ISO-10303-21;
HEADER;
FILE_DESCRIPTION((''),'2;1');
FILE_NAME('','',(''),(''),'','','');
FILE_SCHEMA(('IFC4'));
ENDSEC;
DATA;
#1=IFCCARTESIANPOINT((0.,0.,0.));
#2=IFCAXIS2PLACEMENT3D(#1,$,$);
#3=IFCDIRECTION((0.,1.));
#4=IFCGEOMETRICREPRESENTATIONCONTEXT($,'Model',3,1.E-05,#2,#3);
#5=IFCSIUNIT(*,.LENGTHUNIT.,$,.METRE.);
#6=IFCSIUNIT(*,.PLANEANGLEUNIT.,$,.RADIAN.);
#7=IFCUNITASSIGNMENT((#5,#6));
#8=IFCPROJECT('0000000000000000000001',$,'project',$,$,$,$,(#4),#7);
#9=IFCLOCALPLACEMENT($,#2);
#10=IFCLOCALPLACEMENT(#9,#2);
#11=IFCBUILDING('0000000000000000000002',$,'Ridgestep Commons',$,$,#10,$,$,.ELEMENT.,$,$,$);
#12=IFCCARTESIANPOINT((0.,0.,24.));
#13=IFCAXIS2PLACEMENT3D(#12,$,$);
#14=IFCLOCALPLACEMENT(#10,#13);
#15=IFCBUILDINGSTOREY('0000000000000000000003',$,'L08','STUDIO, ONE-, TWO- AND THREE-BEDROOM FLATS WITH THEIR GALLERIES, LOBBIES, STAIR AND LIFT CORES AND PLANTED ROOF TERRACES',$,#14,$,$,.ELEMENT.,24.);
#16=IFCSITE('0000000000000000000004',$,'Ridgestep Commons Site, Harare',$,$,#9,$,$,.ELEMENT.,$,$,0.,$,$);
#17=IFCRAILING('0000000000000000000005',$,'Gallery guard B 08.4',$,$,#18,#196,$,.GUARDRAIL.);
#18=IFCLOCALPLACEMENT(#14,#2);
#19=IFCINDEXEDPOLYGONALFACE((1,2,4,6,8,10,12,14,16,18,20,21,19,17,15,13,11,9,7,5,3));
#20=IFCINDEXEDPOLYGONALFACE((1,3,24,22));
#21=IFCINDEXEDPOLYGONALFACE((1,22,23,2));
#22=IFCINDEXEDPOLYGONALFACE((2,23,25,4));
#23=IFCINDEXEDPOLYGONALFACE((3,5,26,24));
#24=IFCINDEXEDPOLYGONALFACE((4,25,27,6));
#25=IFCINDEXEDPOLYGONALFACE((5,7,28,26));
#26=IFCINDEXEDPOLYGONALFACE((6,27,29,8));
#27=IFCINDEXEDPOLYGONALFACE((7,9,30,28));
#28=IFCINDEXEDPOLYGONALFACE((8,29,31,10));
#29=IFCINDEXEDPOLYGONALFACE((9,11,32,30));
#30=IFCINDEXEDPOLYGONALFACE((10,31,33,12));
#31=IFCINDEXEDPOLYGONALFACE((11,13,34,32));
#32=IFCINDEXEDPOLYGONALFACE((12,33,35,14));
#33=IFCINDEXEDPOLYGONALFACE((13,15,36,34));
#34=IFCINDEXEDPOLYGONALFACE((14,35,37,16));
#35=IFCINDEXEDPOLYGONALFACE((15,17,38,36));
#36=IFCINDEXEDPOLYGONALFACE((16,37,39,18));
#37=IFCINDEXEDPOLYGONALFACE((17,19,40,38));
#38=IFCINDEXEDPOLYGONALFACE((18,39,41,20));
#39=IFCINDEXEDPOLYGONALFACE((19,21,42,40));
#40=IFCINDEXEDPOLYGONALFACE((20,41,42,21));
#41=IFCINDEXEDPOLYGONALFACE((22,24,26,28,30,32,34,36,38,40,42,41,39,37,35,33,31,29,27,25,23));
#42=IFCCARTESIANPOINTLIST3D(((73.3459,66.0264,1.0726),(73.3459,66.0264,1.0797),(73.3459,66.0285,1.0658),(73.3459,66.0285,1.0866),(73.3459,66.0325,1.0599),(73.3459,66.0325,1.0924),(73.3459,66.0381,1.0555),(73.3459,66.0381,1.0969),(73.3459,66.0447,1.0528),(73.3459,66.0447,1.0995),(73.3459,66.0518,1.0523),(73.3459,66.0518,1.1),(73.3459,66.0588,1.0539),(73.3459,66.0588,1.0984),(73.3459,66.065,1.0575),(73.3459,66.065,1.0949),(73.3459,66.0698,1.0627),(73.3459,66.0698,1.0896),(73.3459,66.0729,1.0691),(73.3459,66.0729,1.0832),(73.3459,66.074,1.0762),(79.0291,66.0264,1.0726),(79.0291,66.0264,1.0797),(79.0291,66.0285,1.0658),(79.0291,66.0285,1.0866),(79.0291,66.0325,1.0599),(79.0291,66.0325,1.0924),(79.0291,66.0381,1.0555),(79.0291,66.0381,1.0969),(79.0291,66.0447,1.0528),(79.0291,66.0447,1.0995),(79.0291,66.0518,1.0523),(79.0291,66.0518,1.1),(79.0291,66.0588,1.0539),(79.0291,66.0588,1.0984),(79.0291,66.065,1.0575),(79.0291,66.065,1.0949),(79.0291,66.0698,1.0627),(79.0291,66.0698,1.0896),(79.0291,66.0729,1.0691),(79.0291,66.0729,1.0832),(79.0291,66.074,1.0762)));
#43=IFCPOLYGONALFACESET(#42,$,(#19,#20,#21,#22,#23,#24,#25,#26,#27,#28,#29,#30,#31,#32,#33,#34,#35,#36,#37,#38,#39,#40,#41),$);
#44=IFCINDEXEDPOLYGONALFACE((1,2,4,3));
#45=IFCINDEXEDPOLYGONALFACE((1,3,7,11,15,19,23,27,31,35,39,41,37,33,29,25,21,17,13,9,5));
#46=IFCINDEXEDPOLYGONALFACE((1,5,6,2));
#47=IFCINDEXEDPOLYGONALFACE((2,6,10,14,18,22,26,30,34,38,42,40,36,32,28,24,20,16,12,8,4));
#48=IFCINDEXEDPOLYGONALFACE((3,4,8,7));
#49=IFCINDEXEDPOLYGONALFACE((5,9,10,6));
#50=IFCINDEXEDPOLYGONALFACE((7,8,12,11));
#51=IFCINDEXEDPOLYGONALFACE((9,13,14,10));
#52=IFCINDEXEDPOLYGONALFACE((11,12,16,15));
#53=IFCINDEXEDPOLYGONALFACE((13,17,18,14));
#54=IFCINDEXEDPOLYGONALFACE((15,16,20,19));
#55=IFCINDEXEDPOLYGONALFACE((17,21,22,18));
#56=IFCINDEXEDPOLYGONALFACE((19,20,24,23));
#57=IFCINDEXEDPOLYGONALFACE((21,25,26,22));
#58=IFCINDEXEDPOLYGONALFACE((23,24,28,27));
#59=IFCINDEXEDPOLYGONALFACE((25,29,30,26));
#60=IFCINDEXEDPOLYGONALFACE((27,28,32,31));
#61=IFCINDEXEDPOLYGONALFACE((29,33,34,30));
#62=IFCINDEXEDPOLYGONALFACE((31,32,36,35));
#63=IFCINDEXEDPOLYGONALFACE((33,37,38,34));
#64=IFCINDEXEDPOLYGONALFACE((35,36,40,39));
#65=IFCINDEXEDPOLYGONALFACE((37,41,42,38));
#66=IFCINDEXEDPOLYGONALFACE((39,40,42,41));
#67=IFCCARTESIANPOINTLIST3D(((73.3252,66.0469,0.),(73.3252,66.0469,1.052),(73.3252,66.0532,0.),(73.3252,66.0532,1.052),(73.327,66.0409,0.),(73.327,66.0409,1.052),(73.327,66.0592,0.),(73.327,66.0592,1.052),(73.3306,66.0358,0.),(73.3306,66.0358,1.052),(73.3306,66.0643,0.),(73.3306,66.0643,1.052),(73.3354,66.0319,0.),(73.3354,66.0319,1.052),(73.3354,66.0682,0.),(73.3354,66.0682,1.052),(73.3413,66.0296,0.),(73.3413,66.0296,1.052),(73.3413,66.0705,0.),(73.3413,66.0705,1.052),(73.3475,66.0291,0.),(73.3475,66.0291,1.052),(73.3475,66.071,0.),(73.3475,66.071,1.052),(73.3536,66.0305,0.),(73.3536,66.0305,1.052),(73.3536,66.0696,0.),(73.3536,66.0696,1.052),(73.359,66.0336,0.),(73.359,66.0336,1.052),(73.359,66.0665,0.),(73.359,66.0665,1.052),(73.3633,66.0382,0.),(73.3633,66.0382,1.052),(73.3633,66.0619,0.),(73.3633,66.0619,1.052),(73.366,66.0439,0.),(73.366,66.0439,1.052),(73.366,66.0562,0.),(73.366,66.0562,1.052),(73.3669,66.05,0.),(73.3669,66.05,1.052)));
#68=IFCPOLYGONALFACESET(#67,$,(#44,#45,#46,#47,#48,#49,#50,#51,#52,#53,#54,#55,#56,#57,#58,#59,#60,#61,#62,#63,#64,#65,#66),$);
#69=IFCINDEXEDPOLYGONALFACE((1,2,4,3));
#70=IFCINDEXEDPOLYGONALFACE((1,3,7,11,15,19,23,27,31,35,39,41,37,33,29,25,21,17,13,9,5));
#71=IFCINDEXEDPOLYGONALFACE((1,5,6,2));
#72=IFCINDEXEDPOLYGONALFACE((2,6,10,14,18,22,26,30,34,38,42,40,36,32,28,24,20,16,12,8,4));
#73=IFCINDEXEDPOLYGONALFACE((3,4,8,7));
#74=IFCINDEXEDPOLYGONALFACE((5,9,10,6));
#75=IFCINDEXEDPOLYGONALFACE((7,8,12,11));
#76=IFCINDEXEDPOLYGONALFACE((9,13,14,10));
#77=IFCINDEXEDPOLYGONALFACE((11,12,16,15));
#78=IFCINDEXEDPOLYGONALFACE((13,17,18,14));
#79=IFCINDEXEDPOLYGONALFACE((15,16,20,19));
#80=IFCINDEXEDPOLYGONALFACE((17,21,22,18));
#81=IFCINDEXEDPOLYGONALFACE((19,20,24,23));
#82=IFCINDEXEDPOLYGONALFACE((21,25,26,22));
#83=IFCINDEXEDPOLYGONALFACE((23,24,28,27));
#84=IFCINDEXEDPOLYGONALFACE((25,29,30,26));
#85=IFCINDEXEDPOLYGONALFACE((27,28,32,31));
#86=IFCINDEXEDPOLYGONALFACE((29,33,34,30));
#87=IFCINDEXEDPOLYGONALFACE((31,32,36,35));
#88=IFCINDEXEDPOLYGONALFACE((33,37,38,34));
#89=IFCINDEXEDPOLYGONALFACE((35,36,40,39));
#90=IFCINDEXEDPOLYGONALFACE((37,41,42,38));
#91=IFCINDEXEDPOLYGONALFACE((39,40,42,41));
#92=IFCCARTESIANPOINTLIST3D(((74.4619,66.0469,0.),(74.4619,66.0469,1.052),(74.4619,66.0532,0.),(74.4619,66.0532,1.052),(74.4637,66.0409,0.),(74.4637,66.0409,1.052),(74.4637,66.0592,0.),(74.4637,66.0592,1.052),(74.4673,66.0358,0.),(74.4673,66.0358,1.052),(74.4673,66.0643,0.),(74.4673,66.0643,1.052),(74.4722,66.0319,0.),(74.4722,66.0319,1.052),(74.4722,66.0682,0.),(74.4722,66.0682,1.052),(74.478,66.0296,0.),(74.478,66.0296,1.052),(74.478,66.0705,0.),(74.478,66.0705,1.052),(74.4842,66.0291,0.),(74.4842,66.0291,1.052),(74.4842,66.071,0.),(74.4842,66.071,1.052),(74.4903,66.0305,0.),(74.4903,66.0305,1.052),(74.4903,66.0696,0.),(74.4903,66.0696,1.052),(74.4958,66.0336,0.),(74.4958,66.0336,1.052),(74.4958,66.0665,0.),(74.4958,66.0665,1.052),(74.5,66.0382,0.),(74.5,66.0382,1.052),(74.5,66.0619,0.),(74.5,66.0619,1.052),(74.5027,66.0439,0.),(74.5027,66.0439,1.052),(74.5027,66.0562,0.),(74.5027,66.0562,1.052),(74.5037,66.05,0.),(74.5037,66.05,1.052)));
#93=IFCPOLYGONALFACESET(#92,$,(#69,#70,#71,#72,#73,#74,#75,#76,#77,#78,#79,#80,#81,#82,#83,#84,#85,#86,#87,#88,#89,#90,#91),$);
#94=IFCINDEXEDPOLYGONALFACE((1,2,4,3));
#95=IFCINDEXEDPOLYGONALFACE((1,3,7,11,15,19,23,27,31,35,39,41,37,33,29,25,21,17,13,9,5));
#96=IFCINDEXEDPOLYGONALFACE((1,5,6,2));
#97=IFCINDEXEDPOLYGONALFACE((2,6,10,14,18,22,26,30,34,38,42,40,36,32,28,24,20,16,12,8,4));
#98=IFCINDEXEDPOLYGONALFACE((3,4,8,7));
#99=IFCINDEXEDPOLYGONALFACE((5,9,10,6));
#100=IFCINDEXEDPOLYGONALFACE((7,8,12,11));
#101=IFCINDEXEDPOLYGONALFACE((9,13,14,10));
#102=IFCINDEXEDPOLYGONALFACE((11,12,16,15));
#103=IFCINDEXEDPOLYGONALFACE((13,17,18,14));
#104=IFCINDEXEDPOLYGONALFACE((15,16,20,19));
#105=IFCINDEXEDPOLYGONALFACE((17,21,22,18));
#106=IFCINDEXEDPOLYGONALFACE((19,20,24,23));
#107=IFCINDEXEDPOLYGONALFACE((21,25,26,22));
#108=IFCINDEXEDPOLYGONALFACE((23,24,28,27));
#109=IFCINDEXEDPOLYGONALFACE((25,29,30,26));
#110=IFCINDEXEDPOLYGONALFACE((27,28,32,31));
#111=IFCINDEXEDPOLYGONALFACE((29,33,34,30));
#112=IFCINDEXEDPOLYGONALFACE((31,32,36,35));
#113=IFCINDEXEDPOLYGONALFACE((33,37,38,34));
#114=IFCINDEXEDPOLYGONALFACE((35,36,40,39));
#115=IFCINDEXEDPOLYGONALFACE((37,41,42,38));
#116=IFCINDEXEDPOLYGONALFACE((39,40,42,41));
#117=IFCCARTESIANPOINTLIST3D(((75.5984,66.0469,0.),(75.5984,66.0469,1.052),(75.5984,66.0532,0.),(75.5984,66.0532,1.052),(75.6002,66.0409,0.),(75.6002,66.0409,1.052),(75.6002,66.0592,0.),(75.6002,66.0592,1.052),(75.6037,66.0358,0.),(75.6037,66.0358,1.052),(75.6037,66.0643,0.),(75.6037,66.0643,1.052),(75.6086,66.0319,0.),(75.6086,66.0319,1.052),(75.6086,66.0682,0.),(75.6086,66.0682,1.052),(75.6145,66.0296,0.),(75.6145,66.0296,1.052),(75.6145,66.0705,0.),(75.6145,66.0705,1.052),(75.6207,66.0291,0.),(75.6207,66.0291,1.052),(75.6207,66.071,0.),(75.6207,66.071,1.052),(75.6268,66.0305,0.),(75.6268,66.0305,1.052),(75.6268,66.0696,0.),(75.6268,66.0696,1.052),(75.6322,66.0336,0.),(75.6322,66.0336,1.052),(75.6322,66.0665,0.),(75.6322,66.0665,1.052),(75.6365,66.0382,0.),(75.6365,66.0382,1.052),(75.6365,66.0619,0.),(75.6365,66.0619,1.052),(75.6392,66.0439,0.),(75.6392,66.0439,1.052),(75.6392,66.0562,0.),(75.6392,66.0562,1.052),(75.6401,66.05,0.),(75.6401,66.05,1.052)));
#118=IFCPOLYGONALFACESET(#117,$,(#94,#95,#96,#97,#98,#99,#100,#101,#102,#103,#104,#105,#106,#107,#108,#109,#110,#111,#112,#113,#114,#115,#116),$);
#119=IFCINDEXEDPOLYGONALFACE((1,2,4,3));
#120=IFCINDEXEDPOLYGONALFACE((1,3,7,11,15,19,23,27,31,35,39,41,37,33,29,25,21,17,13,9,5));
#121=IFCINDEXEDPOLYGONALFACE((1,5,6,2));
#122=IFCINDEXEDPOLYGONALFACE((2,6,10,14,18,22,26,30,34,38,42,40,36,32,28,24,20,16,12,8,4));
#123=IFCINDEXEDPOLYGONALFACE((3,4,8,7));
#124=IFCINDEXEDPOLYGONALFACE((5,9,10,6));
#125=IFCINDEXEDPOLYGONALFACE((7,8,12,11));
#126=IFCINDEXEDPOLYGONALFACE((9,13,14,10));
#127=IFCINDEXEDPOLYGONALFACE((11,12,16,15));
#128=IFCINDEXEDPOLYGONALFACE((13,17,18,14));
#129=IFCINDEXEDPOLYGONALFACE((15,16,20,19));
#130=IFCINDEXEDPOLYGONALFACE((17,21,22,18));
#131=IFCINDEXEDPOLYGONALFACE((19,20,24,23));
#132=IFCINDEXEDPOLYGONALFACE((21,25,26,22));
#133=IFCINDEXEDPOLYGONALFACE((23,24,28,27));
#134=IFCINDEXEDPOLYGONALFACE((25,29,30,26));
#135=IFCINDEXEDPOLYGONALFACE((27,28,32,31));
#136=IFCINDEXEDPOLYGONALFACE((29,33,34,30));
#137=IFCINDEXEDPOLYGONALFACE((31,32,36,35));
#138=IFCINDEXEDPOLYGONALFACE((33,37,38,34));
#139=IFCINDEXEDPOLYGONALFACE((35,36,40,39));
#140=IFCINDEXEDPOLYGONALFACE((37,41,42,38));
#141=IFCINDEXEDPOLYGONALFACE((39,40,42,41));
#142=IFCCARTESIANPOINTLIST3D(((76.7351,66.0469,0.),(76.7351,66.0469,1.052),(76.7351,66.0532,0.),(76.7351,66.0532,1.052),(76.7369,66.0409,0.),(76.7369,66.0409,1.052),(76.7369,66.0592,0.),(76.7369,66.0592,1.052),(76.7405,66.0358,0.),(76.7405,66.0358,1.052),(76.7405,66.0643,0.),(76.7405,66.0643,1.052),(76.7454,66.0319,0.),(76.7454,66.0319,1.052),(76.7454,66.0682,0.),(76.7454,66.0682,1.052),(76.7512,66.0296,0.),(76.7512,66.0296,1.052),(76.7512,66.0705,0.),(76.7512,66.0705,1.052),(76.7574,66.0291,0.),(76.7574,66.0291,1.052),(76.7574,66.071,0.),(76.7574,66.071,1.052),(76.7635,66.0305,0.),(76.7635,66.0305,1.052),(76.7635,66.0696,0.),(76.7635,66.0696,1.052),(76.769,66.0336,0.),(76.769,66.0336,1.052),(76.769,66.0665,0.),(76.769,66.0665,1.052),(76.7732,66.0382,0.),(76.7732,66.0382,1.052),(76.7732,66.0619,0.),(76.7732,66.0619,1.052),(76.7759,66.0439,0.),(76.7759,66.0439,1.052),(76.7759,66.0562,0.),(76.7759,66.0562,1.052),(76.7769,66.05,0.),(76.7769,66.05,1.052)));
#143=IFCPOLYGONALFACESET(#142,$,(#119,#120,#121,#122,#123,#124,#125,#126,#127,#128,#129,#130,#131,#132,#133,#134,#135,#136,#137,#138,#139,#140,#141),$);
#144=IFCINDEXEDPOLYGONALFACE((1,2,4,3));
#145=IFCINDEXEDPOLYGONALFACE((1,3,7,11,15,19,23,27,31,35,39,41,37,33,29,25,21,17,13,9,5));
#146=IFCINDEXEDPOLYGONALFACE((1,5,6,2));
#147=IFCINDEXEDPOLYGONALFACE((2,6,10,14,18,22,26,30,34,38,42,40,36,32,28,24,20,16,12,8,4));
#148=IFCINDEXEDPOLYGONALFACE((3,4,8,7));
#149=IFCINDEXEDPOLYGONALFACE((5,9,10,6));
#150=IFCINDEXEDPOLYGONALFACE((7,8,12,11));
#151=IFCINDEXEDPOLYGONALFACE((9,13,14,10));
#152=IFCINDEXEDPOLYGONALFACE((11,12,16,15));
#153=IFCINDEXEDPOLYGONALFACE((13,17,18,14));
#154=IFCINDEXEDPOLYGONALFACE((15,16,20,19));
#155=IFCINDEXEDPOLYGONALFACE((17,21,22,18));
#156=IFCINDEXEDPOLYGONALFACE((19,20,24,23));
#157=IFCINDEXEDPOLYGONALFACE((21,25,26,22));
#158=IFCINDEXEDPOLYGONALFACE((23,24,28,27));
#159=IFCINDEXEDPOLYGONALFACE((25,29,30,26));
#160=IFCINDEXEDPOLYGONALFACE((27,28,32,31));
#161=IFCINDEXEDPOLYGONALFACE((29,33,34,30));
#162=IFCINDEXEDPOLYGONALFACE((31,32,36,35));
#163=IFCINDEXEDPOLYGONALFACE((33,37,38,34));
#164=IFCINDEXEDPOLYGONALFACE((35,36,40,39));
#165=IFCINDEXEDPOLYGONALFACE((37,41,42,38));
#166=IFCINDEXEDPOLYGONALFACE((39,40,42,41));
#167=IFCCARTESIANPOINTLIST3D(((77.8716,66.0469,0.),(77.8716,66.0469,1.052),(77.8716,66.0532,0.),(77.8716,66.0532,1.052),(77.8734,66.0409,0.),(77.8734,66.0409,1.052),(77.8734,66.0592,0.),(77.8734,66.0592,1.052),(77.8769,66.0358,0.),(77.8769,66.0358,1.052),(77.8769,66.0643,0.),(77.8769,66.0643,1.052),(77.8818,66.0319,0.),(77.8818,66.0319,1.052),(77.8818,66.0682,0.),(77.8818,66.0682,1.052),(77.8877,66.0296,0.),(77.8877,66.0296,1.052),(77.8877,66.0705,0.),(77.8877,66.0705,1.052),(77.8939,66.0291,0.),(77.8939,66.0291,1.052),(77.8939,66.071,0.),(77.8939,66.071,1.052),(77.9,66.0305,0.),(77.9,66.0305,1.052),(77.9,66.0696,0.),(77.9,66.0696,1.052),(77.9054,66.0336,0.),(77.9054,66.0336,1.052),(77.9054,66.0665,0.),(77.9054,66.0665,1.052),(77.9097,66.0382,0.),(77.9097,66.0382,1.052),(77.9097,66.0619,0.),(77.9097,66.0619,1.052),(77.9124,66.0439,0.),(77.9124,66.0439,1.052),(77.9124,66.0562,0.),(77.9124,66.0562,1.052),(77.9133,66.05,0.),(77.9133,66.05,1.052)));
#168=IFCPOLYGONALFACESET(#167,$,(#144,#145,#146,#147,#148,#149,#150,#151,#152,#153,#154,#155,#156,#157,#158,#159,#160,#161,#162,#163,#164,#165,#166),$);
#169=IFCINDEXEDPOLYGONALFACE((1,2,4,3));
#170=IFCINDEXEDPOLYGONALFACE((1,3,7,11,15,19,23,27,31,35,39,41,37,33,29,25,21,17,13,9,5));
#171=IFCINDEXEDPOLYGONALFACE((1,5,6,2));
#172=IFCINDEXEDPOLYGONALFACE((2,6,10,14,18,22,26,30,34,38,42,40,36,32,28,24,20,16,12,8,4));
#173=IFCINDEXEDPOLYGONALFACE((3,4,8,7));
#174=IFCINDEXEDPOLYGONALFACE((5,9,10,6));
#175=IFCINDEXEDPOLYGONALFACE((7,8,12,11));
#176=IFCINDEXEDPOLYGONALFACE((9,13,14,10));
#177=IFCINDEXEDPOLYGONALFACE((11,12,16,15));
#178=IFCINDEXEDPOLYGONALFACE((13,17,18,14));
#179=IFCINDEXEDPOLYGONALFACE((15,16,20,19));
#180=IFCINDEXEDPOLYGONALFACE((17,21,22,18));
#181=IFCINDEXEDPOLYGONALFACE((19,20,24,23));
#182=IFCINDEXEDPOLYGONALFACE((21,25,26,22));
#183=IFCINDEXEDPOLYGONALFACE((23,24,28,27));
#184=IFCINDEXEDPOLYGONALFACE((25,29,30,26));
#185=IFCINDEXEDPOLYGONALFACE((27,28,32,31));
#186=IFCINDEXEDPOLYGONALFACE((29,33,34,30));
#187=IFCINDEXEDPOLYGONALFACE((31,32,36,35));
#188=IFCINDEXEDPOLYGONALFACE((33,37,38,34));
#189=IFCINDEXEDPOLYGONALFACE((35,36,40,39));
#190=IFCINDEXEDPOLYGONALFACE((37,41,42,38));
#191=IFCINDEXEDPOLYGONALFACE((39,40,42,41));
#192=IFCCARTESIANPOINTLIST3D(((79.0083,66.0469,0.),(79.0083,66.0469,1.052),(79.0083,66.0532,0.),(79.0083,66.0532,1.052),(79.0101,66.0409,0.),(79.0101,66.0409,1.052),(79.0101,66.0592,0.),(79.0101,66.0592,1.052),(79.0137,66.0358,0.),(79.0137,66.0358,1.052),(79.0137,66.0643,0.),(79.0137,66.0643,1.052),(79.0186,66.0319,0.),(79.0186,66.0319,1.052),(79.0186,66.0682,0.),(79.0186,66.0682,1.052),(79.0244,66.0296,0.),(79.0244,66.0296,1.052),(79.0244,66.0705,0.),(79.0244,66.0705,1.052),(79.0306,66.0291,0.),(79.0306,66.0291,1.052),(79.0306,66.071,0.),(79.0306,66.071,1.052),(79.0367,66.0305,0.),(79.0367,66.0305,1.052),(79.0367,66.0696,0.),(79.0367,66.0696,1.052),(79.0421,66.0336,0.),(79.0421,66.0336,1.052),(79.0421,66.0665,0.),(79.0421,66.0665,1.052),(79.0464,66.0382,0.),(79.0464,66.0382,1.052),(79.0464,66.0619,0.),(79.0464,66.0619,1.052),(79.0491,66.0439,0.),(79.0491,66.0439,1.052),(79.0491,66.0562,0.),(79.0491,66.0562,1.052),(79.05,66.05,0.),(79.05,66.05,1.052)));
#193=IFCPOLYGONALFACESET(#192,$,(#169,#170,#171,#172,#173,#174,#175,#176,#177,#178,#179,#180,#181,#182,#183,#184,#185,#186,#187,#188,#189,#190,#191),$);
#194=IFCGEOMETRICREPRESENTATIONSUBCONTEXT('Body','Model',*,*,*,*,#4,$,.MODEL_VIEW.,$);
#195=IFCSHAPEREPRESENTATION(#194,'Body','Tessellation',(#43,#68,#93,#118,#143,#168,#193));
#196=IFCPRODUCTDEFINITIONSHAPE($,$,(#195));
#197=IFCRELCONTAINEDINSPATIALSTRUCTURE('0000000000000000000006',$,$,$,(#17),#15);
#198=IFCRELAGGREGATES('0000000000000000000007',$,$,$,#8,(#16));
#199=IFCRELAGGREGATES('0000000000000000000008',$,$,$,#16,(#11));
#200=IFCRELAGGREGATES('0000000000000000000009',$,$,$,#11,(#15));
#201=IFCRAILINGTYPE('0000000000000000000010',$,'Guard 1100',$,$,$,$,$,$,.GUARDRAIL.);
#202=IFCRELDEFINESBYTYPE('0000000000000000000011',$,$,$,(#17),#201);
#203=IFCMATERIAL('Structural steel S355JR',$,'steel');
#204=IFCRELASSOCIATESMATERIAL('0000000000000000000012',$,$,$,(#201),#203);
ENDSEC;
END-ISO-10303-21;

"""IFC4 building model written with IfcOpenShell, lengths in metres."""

from ifc_helpers import new_model, si_unit, direction, frame, origin, origin_2d, place, context, subcontext, project, spatial, circle, extrude, material, type_object, element, save


model = new_model("IFC4")

# Units and contexts
model_context = context("Model", 3, precision=1e-05, world=origin(), true_north=direction((0.0, 1.0)))
body_context = subcontext(model_context, "Body", "Model", "MODEL_VIEW")
ifc_project = project(units=[si_unit("LENGTHUNIT", "METRE"), si_unit("PLANEANGLEUNIT", "RADIAN")], contexts=[model_context])

# Site, building, storey
site_placement = place(None, origin())
site = spatial("IfcSite", under=ifc_project, at=site_placement, Name="Ridgestep Commons Site, Harare", CompositionType="ELEMENT", RefElevation=0.0)
building_placement = place(site_placement, origin())
building = spatial("IfcBuilding", under=site, at=building_placement, Name="Ridgestep Commons", CompositionType="ELEMENT")
storey_placement = place(building_placement, frame((0.0, 0.0, 24.0)))
storey = spatial("IfcBuildingStorey", under=building, at=storey_placement, Name="L08", Description="STUDIO, ONE-, TWO- AND THREE-BEDROOM FLATS WITH THEIR GALLERIES, LOBBIES, STAIR AND LIFT CORES AND PLANTED ROOF TERRACES", CompositionType="ELEMENT", Elevation=24.0)

# Railing
ifc_material_1 = material(Name="Structural steel S355JR", Category="steel")
railing_type_1 = type_object("IfcRailingType", Name="Guard 1100", PredefinedType="GUARDRAIL", material=ifc_material_1)
railing_1_placement = place(storey_placement, frame((73.3459, 66.05, 0.0)))
element("IfcRailing", 1, at=railing_1_placement, inside=storey, type_object=railing_type_1, Name="Gallery guard B 08.4", PredefinedType="GUARDRAIL", context=body_context, shape_type="SweptSolid", body=[
    extrude(circle(Radius=0.0239, at=origin_2d()), frame((0.0, 0.0, 1.0762), z_axis=(1.0, 0.0, 0.0), x_axis=(0.0, 1.0, 0.0)), (0.0, 0.0, 1.0), 5.6831),
    extrude(circle(Radius=0.021, at=origin_2d()), origin(), (0.0, 0.0, 1.0), 1.052),
    extrude(circle(Radius=0.021, at=origin_2d()), frame((1.1367, 0.0, 0.0)), (0.0, 0.0, 1.0), 1.052),
    extrude(circle(Radius=0.021, at=origin_2d()), frame((2.2732, 0.0, 0.0)), (0.0, 0.0, 1.0), 1.052),
    extrude(circle(Radius=0.021, at=origin_2d()), frame((3.4099, 0.0, 0.0)), (0.0, 0.0, 1.0), 1.052),
    extrude(circle(Radius=0.021, at=origin_2d()), frame((4.5464, 0.0, 0.0)), (0.0, 0.0, 1.0), 1.052),
    extrude(circle(Radius=0.021, at=origin_2d()), frame((5.6831, 0.0, 0.0)), (0.0, 0.0, 1.0), 1.052),
])

save(model, "model.ifc")
